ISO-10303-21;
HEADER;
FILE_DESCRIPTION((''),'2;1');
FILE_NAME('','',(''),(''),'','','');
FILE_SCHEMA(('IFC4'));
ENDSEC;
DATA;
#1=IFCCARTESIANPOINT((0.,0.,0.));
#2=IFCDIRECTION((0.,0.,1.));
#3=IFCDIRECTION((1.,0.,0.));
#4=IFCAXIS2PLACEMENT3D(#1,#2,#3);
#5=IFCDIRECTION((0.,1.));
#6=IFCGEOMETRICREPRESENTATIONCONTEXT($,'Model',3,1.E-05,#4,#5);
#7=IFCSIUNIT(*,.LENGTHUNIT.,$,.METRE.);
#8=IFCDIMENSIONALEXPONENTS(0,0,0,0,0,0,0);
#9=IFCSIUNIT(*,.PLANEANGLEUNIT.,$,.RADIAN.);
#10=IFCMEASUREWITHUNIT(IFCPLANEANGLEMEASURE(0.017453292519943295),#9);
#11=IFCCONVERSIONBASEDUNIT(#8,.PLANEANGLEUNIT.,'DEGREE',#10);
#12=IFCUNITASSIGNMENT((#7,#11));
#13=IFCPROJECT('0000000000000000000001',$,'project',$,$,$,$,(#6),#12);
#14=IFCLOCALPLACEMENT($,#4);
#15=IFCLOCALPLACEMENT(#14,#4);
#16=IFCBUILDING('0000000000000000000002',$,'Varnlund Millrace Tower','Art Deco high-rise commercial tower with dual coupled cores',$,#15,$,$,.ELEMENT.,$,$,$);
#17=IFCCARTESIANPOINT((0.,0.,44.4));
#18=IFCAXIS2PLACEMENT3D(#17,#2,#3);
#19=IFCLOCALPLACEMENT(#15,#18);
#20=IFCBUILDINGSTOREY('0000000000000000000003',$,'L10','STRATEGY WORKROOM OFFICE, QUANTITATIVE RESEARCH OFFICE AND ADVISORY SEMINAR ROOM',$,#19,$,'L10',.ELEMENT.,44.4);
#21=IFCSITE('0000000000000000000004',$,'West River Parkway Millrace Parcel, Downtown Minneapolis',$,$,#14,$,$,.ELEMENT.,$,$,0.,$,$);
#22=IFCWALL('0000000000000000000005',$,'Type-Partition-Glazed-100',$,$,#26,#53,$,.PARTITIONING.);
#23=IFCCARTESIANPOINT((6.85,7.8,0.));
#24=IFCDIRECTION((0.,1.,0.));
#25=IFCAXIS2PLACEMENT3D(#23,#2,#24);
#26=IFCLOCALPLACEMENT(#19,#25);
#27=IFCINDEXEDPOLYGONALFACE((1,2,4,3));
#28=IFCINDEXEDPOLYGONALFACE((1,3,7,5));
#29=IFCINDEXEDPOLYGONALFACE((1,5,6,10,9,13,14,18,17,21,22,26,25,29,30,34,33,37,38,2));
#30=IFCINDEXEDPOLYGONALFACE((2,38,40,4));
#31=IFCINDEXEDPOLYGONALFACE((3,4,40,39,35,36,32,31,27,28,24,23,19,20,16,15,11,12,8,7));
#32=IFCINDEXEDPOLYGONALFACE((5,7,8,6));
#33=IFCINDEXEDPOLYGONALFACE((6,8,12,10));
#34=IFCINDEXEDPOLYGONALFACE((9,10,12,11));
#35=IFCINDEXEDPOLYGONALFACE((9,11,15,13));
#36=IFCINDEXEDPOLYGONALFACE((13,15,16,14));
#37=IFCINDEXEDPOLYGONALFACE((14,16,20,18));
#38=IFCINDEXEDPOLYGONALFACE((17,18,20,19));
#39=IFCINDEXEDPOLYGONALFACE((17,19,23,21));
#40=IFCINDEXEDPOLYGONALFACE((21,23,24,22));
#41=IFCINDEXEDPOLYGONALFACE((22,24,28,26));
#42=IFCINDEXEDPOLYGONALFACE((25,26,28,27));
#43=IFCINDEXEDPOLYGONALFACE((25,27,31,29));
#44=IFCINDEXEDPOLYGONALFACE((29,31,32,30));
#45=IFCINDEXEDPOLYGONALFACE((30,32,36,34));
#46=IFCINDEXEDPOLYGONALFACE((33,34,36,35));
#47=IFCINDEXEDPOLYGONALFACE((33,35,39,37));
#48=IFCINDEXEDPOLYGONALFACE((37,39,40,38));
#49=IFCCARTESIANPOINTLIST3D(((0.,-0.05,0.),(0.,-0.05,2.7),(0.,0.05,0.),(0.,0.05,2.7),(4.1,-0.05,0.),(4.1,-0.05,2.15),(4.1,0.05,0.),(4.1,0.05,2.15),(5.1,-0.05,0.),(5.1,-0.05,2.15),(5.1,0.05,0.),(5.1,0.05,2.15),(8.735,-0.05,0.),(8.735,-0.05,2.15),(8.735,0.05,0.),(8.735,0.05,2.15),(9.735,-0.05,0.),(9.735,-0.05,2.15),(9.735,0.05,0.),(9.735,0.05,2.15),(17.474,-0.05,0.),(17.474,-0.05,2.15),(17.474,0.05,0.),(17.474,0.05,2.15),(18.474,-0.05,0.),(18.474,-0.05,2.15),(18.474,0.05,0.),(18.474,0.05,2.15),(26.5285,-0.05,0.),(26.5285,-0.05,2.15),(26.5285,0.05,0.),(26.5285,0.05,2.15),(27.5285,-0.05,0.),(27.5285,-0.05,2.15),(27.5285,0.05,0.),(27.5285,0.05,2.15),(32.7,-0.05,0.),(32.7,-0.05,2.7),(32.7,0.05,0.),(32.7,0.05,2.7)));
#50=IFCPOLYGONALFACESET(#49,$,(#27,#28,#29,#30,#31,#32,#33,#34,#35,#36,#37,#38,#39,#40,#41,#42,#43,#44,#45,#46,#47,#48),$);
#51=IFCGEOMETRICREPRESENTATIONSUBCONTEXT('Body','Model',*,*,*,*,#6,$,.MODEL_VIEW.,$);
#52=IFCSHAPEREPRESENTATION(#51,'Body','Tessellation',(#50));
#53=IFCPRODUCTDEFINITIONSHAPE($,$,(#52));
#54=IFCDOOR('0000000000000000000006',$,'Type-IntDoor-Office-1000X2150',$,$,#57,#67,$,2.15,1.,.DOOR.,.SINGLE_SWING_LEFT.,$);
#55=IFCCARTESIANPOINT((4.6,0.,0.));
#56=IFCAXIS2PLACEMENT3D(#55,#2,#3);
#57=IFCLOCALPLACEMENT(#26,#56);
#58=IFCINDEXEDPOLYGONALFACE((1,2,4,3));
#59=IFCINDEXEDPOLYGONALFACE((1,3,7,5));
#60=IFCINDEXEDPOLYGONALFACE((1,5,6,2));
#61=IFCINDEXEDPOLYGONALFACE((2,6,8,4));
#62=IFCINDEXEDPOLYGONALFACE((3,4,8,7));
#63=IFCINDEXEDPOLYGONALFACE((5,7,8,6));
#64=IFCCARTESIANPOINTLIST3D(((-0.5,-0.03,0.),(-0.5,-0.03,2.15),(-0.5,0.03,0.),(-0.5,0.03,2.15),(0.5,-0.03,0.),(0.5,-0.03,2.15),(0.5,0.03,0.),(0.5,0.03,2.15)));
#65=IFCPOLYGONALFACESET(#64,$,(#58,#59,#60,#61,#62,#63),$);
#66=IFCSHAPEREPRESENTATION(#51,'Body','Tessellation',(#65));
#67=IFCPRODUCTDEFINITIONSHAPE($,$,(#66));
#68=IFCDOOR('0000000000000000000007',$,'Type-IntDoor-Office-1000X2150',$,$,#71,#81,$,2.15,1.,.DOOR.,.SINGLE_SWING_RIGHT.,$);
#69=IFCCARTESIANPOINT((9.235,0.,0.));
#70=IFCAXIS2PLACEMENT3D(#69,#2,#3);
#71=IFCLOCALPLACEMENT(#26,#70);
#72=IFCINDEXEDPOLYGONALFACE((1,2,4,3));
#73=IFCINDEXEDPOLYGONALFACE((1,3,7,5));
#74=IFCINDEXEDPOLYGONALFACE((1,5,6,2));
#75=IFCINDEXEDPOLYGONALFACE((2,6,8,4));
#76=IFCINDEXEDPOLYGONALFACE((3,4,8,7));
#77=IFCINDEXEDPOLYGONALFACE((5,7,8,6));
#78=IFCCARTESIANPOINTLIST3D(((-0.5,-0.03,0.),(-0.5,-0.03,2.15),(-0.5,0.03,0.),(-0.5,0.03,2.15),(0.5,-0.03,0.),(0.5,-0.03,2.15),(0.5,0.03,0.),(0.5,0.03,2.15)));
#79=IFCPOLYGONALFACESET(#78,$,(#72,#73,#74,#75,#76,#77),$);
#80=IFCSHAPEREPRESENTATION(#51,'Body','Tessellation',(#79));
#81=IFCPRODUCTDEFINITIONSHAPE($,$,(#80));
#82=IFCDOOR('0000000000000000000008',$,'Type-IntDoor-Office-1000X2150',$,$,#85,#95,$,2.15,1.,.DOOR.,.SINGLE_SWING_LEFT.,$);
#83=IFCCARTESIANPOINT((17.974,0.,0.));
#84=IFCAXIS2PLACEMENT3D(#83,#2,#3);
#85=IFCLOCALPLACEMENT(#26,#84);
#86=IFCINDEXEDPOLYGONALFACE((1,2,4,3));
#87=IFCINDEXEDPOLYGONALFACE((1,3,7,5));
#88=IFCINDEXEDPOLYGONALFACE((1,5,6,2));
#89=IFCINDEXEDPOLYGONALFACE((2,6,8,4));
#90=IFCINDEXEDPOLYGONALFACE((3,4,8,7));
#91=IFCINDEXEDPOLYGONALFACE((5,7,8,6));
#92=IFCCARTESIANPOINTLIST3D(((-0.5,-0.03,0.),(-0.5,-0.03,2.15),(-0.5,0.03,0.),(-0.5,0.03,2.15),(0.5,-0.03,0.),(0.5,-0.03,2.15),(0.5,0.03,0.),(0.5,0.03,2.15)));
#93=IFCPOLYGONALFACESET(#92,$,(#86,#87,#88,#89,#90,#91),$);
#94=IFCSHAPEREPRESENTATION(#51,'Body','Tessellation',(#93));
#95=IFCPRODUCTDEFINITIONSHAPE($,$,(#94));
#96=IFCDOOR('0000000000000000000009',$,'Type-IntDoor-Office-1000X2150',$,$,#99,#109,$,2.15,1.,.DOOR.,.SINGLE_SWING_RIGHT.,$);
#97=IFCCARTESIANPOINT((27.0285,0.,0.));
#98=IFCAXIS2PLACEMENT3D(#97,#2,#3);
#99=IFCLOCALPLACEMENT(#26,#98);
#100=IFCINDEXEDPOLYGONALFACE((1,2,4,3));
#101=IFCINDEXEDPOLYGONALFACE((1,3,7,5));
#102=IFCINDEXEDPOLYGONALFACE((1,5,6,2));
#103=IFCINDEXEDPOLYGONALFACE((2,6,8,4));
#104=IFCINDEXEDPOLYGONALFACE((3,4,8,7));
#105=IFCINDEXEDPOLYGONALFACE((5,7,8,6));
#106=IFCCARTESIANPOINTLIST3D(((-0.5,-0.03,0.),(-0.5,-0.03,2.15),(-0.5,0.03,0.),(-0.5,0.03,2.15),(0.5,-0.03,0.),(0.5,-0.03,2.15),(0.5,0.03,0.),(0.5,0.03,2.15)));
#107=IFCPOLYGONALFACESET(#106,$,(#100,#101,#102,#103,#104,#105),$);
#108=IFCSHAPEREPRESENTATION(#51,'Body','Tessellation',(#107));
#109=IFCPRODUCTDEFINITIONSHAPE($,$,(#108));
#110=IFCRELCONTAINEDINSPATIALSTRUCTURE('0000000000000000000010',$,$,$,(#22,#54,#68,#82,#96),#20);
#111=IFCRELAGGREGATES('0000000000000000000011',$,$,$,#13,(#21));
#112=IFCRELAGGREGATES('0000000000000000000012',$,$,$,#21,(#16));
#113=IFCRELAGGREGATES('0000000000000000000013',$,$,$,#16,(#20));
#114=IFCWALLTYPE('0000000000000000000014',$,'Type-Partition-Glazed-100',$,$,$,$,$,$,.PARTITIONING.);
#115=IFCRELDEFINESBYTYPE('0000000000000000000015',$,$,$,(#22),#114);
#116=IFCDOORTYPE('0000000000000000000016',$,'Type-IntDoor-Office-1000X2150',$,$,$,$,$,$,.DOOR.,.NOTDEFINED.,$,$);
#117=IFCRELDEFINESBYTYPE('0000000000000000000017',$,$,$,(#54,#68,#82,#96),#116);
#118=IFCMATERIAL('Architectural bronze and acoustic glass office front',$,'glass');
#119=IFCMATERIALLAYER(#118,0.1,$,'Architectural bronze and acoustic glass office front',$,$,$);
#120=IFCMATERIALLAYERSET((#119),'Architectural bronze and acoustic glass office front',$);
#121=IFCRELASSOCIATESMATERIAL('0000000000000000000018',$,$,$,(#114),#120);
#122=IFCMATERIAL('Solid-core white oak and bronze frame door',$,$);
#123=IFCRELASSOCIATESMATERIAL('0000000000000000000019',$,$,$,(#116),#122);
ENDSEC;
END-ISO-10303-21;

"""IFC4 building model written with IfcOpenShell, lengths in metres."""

from ifc_helpers import new_model, entity, si_unit, converted_unit, direction, frame, origin_with_axes, origin_2d_with_axis, place, context, subcontext, project, spatial, polyline, rectangle, outline, extrude, material, layer, layer_set, type_object, element, fill, save


model = new_model("IFC4")

# Units and contexts
model_context = context("Model", 3, precision=1e-05, world=origin_with_axes(), true_north=direction((0.0, 1.0)))
body_context = subcontext(model_context, "Body", "Model", "MODEL_VIEW")
ifc_project = project(units=[si_unit("LENGTHUNIT", "METRE"), converted_unit("PLANEANGLEUNIT", "DEGREE", entity("IfcPlaneAngleMeasure", 0.017453292519943295), si_unit("PLANEANGLEUNIT", "RADIAN"), dimensions=[0, 0, 0, 0, 0, 0, 0])], contexts=[model_context])

# Site, building, storey
site_placement = place(None, origin_with_axes())
site = spatial("IfcSite", under=ifc_project, at=site_placement, Name="West River Parkway Millrace Parcel, Downtown Minneapolis", CompositionType="ELEMENT", RefElevation=0.0)
building_placement = place(site_placement, origin_with_axes())
building = spatial("IfcBuilding", under=site, at=building_placement, Name="Varnlund Millrace Tower", Description="Art Deco high-rise commercial tower with dual coupled cores", CompositionType="ELEMENT")
storey_placement = place(building_placement, frame((0.0, 0.0, 44.4), z_axis=(0.0, 0.0, 1.0), x_axis=(1.0, 0.0, 0.0)))
storey = spatial("IfcBuildingStorey", under=building, at=storey_placement, Name="L10", Description="STRATEGY WORKROOM OFFICE, QUANTITATIVE RESEARCH OFFICE AND ADVISORY SEMINAR ROOM", LongName="L10", CompositionType="ELEMENT", Elevation=44.4)

# Wall, openings, doors
ifc_material_1 = material(Name="Architectural bronze and acoustic glass office front", Category="glass")
ifc_layer_1 = layer(ifc_material_1, 0.1, Name="Architectural bronze and acoustic glass office front")
ifc_layer_set_1 = layer_set([ifc_layer_1], Name="Architectural bronze and acoustic glass office front")
wall_type_1 = type_object("IfcWallType", Name="Type-Partition-Glazed-100", PredefinedType="PARTITIONING", material=ifc_layer_set_1)
wall_1_placement = place(storey_placement, frame((6.85, 7.8, 0.0), z_axis=(0.0, 0.0, 1.0), x_axis=(0.0, 1.0, 0.0)))
wall_1 = element("IfcWall", 1, at=wall_1_placement, inside=storey, type_object=wall_type_1, Name="Type-Partition-Glazed-100", PredefinedType="PARTITIONING", context=body_context, shape_type="SweptSolid", body=[
    extrude(outline(polyline([(0.0, -0.05), (32.7, -0.05), (32.7, 0.05), (0.0, 0.05), (0.0, -0.05)])), origin_with_axes(), (0.0, 0.0, 1.0), 2.7),
])
opening_1_placement = place(wall_1_placement, frame((4.6, 0.0, 0.0), z_axis=(0.0, 0.0, 1.0), x_axis=(1.0, 0.0, 0.0)))
opening_1 = element("IfcOpeningElement", 2, at=opening_1_placement, cuts=wall_1, PredefinedType="OPENING", context=body_context, shape_type="SweptSolid", body=[
    extrude(rectangle(XDim=1.0, YDim=0.12, at=origin_2d_with_axis()), origin_with_axes(), (0.0, 0.0, 1.0), 2.15),
])
opening_2_placement = place(wall_1_placement, frame((9.235, 0.0, 0.0), z_axis=(0.0, 0.0, 1.0), x_axis=(1.0, 0.0, 0.0)))
opening_2 = element("IfcOpeningElement", 3, at=opening_2_placement, cuts=wall_1, PredefinedType="OPENING", context=body_context, shape_type="SweptSolid", body=[
    extrude(rectangle(XDim=1.0, YDim=0.12, at=origin_2d_with_axis()), origin_with_axes(), (0.0, 0.0, 1.0), 2.15),
])
opening_3_placement = place(wall_1_placement, frame((17.974, 0.0, 0.0), z_axis=(0.0, 0.0, 1.0), x_axis=(1.0, 0.0, 0.0)))
opening_3 = element("IfcOpeningElement", 4, at=opening_3_placement, cuts=wall_1, PredefinedType="OPENING", context=body_context, shape_type="SweptSolid", body=[
    extrude(rectangle(XDim=1.0, YDim=0.12, at=origin_2d_with_axis()), origin_with_axes(), (0.0, 0.0, 1.0), 2.15),
])
opening_4_placement = place(wall_1_placement, frame((27.0285, 0.0, 0.0), z_axis=(0.0, 0.0, 1.0), x_axis=(1.0, 0.0, 0.0)))
opening_4 = element("IfcOpeningElement", 5, at=opening_4_placement, cuts=wall_1, PredefinedType="OPENING", context=body_context, shape_type="SweptSolid", body=[
    extrude(rectangle(XDim=1.0, YDim=0.12, at=origin_2d_with_axis()), origin_with_axes(), (0.0, 0.0, 1.0), 2.15),
])
ifc_material_2 = material(Name="Solid-core white oak and bronze frame door")
door_type_1 = type_object("IfcDoorType", Name="Type-IntDoor-Office-1000X2150", OperationType="NOTDEFINED", PredefinedType="DOOR", material=ifc_material_2)
door_1_placement = place(wall_1_placement, frame((4.6, 0.0, 0.0), z_axis=(0.0, 0.0, 1.0), x_axis=(1.0, 0.0, 0.0)))
door_1 = element("IfcDoor", 6, at=door_1_placement, inside=storey, type_object=door_type_1, Name="Type-IntDoor-Office-1000X2150", OperationType="SINGLE_SWING_LEFT", OverallHeight=2.15, OverallWidth=1.0, PredefinedType="DOOR", context=body_context, shape_type="SweptSolid", body=[
    extrude(rectangle(XDim=1.0, YDim=0.06, at=origin_2d_with_axis()), origin_with_axes(), (0.0, 0.0, 1.0), 2.15),
])
fill(opening_1, door_1)
door_2_placement = place(wall_1_placement, frame((9.235, 0.0, 0.0), z_axis=(0.0, 0.0, 1.0), x_axis=(1.0, 0.0, 0.0)))
door_2 = element("IfcDoor", 7, at=door_2_placement, inside=storey, type_object=door_type_1, Name="Type-IntDoor-Office-1000X2150", OperationType="SINGLE_SWING_RIGHT", OverallHeight=2.15, OverallWidth=1.0, PredefinedType="DOOR", context=body_context, shape_type="SweptSolid", body=[
    extrude(rectangle(XDim=1.0, YDim=0.06, at=origin_2d_with_axis()), origin_with_axes(), (0.0, 0.0, 1.0), 2.15),
])
fill(opening_2, door_2)
door_3_placement = place(wall_1_placement, frame((17.974, 0.0, 0.0), z_axis=(0.0, 0.0, 1.0), x_axis=(1.0, 0.0, 0.0)))
door_3 = element("IfcDoor", 8, at=door_3_placement, inside=storey, type_object=door_type_1, Name="Type-IntDoor-Office-1000X2150", OperationType="SINGLE_SWING_LEFT", OverallHeight=2.15, OverallWidth=1.0, PredefinedType="DOOR", context=body_context, shape_type="SweptSolid", body=[
    extrude(rectangle(XDim=1.0, YDim=0.06, at=origin_2d_with_axis()), origin_with_axes(), (0.0, 0.0, 1.0), 2.15),
])
fill(opening_3, door_3)
door_4_placement = place(wall_1_placement, frame((27.0285, 0.0, 0.0), z_axis=(0.0, 0.0, 1.0), x_axis=(1.0, 0.0, 0.0)))
door_4 = element("IfcDoor", 9, at=door_4_placement, inside=storey, type_object=door_type_1, Name="Type-IntDoor-Office-1000X2150", OperationType="SINGLE_SWING_RIGHT", OverallHeight=2.15, OverallWidth=1.0, PredefinedType="DOOR", context=body_context, shape_type="SweptSolid", body=[
    extrude(rectangle(XDim=1.0, YDim=0.06, at=origin_2d_with_axis()), origin_with_axes(), (0.0, 0.0, 1.0), 2.15),
])
fill(opening_4, door_4)

save(model, "model.ifc")
